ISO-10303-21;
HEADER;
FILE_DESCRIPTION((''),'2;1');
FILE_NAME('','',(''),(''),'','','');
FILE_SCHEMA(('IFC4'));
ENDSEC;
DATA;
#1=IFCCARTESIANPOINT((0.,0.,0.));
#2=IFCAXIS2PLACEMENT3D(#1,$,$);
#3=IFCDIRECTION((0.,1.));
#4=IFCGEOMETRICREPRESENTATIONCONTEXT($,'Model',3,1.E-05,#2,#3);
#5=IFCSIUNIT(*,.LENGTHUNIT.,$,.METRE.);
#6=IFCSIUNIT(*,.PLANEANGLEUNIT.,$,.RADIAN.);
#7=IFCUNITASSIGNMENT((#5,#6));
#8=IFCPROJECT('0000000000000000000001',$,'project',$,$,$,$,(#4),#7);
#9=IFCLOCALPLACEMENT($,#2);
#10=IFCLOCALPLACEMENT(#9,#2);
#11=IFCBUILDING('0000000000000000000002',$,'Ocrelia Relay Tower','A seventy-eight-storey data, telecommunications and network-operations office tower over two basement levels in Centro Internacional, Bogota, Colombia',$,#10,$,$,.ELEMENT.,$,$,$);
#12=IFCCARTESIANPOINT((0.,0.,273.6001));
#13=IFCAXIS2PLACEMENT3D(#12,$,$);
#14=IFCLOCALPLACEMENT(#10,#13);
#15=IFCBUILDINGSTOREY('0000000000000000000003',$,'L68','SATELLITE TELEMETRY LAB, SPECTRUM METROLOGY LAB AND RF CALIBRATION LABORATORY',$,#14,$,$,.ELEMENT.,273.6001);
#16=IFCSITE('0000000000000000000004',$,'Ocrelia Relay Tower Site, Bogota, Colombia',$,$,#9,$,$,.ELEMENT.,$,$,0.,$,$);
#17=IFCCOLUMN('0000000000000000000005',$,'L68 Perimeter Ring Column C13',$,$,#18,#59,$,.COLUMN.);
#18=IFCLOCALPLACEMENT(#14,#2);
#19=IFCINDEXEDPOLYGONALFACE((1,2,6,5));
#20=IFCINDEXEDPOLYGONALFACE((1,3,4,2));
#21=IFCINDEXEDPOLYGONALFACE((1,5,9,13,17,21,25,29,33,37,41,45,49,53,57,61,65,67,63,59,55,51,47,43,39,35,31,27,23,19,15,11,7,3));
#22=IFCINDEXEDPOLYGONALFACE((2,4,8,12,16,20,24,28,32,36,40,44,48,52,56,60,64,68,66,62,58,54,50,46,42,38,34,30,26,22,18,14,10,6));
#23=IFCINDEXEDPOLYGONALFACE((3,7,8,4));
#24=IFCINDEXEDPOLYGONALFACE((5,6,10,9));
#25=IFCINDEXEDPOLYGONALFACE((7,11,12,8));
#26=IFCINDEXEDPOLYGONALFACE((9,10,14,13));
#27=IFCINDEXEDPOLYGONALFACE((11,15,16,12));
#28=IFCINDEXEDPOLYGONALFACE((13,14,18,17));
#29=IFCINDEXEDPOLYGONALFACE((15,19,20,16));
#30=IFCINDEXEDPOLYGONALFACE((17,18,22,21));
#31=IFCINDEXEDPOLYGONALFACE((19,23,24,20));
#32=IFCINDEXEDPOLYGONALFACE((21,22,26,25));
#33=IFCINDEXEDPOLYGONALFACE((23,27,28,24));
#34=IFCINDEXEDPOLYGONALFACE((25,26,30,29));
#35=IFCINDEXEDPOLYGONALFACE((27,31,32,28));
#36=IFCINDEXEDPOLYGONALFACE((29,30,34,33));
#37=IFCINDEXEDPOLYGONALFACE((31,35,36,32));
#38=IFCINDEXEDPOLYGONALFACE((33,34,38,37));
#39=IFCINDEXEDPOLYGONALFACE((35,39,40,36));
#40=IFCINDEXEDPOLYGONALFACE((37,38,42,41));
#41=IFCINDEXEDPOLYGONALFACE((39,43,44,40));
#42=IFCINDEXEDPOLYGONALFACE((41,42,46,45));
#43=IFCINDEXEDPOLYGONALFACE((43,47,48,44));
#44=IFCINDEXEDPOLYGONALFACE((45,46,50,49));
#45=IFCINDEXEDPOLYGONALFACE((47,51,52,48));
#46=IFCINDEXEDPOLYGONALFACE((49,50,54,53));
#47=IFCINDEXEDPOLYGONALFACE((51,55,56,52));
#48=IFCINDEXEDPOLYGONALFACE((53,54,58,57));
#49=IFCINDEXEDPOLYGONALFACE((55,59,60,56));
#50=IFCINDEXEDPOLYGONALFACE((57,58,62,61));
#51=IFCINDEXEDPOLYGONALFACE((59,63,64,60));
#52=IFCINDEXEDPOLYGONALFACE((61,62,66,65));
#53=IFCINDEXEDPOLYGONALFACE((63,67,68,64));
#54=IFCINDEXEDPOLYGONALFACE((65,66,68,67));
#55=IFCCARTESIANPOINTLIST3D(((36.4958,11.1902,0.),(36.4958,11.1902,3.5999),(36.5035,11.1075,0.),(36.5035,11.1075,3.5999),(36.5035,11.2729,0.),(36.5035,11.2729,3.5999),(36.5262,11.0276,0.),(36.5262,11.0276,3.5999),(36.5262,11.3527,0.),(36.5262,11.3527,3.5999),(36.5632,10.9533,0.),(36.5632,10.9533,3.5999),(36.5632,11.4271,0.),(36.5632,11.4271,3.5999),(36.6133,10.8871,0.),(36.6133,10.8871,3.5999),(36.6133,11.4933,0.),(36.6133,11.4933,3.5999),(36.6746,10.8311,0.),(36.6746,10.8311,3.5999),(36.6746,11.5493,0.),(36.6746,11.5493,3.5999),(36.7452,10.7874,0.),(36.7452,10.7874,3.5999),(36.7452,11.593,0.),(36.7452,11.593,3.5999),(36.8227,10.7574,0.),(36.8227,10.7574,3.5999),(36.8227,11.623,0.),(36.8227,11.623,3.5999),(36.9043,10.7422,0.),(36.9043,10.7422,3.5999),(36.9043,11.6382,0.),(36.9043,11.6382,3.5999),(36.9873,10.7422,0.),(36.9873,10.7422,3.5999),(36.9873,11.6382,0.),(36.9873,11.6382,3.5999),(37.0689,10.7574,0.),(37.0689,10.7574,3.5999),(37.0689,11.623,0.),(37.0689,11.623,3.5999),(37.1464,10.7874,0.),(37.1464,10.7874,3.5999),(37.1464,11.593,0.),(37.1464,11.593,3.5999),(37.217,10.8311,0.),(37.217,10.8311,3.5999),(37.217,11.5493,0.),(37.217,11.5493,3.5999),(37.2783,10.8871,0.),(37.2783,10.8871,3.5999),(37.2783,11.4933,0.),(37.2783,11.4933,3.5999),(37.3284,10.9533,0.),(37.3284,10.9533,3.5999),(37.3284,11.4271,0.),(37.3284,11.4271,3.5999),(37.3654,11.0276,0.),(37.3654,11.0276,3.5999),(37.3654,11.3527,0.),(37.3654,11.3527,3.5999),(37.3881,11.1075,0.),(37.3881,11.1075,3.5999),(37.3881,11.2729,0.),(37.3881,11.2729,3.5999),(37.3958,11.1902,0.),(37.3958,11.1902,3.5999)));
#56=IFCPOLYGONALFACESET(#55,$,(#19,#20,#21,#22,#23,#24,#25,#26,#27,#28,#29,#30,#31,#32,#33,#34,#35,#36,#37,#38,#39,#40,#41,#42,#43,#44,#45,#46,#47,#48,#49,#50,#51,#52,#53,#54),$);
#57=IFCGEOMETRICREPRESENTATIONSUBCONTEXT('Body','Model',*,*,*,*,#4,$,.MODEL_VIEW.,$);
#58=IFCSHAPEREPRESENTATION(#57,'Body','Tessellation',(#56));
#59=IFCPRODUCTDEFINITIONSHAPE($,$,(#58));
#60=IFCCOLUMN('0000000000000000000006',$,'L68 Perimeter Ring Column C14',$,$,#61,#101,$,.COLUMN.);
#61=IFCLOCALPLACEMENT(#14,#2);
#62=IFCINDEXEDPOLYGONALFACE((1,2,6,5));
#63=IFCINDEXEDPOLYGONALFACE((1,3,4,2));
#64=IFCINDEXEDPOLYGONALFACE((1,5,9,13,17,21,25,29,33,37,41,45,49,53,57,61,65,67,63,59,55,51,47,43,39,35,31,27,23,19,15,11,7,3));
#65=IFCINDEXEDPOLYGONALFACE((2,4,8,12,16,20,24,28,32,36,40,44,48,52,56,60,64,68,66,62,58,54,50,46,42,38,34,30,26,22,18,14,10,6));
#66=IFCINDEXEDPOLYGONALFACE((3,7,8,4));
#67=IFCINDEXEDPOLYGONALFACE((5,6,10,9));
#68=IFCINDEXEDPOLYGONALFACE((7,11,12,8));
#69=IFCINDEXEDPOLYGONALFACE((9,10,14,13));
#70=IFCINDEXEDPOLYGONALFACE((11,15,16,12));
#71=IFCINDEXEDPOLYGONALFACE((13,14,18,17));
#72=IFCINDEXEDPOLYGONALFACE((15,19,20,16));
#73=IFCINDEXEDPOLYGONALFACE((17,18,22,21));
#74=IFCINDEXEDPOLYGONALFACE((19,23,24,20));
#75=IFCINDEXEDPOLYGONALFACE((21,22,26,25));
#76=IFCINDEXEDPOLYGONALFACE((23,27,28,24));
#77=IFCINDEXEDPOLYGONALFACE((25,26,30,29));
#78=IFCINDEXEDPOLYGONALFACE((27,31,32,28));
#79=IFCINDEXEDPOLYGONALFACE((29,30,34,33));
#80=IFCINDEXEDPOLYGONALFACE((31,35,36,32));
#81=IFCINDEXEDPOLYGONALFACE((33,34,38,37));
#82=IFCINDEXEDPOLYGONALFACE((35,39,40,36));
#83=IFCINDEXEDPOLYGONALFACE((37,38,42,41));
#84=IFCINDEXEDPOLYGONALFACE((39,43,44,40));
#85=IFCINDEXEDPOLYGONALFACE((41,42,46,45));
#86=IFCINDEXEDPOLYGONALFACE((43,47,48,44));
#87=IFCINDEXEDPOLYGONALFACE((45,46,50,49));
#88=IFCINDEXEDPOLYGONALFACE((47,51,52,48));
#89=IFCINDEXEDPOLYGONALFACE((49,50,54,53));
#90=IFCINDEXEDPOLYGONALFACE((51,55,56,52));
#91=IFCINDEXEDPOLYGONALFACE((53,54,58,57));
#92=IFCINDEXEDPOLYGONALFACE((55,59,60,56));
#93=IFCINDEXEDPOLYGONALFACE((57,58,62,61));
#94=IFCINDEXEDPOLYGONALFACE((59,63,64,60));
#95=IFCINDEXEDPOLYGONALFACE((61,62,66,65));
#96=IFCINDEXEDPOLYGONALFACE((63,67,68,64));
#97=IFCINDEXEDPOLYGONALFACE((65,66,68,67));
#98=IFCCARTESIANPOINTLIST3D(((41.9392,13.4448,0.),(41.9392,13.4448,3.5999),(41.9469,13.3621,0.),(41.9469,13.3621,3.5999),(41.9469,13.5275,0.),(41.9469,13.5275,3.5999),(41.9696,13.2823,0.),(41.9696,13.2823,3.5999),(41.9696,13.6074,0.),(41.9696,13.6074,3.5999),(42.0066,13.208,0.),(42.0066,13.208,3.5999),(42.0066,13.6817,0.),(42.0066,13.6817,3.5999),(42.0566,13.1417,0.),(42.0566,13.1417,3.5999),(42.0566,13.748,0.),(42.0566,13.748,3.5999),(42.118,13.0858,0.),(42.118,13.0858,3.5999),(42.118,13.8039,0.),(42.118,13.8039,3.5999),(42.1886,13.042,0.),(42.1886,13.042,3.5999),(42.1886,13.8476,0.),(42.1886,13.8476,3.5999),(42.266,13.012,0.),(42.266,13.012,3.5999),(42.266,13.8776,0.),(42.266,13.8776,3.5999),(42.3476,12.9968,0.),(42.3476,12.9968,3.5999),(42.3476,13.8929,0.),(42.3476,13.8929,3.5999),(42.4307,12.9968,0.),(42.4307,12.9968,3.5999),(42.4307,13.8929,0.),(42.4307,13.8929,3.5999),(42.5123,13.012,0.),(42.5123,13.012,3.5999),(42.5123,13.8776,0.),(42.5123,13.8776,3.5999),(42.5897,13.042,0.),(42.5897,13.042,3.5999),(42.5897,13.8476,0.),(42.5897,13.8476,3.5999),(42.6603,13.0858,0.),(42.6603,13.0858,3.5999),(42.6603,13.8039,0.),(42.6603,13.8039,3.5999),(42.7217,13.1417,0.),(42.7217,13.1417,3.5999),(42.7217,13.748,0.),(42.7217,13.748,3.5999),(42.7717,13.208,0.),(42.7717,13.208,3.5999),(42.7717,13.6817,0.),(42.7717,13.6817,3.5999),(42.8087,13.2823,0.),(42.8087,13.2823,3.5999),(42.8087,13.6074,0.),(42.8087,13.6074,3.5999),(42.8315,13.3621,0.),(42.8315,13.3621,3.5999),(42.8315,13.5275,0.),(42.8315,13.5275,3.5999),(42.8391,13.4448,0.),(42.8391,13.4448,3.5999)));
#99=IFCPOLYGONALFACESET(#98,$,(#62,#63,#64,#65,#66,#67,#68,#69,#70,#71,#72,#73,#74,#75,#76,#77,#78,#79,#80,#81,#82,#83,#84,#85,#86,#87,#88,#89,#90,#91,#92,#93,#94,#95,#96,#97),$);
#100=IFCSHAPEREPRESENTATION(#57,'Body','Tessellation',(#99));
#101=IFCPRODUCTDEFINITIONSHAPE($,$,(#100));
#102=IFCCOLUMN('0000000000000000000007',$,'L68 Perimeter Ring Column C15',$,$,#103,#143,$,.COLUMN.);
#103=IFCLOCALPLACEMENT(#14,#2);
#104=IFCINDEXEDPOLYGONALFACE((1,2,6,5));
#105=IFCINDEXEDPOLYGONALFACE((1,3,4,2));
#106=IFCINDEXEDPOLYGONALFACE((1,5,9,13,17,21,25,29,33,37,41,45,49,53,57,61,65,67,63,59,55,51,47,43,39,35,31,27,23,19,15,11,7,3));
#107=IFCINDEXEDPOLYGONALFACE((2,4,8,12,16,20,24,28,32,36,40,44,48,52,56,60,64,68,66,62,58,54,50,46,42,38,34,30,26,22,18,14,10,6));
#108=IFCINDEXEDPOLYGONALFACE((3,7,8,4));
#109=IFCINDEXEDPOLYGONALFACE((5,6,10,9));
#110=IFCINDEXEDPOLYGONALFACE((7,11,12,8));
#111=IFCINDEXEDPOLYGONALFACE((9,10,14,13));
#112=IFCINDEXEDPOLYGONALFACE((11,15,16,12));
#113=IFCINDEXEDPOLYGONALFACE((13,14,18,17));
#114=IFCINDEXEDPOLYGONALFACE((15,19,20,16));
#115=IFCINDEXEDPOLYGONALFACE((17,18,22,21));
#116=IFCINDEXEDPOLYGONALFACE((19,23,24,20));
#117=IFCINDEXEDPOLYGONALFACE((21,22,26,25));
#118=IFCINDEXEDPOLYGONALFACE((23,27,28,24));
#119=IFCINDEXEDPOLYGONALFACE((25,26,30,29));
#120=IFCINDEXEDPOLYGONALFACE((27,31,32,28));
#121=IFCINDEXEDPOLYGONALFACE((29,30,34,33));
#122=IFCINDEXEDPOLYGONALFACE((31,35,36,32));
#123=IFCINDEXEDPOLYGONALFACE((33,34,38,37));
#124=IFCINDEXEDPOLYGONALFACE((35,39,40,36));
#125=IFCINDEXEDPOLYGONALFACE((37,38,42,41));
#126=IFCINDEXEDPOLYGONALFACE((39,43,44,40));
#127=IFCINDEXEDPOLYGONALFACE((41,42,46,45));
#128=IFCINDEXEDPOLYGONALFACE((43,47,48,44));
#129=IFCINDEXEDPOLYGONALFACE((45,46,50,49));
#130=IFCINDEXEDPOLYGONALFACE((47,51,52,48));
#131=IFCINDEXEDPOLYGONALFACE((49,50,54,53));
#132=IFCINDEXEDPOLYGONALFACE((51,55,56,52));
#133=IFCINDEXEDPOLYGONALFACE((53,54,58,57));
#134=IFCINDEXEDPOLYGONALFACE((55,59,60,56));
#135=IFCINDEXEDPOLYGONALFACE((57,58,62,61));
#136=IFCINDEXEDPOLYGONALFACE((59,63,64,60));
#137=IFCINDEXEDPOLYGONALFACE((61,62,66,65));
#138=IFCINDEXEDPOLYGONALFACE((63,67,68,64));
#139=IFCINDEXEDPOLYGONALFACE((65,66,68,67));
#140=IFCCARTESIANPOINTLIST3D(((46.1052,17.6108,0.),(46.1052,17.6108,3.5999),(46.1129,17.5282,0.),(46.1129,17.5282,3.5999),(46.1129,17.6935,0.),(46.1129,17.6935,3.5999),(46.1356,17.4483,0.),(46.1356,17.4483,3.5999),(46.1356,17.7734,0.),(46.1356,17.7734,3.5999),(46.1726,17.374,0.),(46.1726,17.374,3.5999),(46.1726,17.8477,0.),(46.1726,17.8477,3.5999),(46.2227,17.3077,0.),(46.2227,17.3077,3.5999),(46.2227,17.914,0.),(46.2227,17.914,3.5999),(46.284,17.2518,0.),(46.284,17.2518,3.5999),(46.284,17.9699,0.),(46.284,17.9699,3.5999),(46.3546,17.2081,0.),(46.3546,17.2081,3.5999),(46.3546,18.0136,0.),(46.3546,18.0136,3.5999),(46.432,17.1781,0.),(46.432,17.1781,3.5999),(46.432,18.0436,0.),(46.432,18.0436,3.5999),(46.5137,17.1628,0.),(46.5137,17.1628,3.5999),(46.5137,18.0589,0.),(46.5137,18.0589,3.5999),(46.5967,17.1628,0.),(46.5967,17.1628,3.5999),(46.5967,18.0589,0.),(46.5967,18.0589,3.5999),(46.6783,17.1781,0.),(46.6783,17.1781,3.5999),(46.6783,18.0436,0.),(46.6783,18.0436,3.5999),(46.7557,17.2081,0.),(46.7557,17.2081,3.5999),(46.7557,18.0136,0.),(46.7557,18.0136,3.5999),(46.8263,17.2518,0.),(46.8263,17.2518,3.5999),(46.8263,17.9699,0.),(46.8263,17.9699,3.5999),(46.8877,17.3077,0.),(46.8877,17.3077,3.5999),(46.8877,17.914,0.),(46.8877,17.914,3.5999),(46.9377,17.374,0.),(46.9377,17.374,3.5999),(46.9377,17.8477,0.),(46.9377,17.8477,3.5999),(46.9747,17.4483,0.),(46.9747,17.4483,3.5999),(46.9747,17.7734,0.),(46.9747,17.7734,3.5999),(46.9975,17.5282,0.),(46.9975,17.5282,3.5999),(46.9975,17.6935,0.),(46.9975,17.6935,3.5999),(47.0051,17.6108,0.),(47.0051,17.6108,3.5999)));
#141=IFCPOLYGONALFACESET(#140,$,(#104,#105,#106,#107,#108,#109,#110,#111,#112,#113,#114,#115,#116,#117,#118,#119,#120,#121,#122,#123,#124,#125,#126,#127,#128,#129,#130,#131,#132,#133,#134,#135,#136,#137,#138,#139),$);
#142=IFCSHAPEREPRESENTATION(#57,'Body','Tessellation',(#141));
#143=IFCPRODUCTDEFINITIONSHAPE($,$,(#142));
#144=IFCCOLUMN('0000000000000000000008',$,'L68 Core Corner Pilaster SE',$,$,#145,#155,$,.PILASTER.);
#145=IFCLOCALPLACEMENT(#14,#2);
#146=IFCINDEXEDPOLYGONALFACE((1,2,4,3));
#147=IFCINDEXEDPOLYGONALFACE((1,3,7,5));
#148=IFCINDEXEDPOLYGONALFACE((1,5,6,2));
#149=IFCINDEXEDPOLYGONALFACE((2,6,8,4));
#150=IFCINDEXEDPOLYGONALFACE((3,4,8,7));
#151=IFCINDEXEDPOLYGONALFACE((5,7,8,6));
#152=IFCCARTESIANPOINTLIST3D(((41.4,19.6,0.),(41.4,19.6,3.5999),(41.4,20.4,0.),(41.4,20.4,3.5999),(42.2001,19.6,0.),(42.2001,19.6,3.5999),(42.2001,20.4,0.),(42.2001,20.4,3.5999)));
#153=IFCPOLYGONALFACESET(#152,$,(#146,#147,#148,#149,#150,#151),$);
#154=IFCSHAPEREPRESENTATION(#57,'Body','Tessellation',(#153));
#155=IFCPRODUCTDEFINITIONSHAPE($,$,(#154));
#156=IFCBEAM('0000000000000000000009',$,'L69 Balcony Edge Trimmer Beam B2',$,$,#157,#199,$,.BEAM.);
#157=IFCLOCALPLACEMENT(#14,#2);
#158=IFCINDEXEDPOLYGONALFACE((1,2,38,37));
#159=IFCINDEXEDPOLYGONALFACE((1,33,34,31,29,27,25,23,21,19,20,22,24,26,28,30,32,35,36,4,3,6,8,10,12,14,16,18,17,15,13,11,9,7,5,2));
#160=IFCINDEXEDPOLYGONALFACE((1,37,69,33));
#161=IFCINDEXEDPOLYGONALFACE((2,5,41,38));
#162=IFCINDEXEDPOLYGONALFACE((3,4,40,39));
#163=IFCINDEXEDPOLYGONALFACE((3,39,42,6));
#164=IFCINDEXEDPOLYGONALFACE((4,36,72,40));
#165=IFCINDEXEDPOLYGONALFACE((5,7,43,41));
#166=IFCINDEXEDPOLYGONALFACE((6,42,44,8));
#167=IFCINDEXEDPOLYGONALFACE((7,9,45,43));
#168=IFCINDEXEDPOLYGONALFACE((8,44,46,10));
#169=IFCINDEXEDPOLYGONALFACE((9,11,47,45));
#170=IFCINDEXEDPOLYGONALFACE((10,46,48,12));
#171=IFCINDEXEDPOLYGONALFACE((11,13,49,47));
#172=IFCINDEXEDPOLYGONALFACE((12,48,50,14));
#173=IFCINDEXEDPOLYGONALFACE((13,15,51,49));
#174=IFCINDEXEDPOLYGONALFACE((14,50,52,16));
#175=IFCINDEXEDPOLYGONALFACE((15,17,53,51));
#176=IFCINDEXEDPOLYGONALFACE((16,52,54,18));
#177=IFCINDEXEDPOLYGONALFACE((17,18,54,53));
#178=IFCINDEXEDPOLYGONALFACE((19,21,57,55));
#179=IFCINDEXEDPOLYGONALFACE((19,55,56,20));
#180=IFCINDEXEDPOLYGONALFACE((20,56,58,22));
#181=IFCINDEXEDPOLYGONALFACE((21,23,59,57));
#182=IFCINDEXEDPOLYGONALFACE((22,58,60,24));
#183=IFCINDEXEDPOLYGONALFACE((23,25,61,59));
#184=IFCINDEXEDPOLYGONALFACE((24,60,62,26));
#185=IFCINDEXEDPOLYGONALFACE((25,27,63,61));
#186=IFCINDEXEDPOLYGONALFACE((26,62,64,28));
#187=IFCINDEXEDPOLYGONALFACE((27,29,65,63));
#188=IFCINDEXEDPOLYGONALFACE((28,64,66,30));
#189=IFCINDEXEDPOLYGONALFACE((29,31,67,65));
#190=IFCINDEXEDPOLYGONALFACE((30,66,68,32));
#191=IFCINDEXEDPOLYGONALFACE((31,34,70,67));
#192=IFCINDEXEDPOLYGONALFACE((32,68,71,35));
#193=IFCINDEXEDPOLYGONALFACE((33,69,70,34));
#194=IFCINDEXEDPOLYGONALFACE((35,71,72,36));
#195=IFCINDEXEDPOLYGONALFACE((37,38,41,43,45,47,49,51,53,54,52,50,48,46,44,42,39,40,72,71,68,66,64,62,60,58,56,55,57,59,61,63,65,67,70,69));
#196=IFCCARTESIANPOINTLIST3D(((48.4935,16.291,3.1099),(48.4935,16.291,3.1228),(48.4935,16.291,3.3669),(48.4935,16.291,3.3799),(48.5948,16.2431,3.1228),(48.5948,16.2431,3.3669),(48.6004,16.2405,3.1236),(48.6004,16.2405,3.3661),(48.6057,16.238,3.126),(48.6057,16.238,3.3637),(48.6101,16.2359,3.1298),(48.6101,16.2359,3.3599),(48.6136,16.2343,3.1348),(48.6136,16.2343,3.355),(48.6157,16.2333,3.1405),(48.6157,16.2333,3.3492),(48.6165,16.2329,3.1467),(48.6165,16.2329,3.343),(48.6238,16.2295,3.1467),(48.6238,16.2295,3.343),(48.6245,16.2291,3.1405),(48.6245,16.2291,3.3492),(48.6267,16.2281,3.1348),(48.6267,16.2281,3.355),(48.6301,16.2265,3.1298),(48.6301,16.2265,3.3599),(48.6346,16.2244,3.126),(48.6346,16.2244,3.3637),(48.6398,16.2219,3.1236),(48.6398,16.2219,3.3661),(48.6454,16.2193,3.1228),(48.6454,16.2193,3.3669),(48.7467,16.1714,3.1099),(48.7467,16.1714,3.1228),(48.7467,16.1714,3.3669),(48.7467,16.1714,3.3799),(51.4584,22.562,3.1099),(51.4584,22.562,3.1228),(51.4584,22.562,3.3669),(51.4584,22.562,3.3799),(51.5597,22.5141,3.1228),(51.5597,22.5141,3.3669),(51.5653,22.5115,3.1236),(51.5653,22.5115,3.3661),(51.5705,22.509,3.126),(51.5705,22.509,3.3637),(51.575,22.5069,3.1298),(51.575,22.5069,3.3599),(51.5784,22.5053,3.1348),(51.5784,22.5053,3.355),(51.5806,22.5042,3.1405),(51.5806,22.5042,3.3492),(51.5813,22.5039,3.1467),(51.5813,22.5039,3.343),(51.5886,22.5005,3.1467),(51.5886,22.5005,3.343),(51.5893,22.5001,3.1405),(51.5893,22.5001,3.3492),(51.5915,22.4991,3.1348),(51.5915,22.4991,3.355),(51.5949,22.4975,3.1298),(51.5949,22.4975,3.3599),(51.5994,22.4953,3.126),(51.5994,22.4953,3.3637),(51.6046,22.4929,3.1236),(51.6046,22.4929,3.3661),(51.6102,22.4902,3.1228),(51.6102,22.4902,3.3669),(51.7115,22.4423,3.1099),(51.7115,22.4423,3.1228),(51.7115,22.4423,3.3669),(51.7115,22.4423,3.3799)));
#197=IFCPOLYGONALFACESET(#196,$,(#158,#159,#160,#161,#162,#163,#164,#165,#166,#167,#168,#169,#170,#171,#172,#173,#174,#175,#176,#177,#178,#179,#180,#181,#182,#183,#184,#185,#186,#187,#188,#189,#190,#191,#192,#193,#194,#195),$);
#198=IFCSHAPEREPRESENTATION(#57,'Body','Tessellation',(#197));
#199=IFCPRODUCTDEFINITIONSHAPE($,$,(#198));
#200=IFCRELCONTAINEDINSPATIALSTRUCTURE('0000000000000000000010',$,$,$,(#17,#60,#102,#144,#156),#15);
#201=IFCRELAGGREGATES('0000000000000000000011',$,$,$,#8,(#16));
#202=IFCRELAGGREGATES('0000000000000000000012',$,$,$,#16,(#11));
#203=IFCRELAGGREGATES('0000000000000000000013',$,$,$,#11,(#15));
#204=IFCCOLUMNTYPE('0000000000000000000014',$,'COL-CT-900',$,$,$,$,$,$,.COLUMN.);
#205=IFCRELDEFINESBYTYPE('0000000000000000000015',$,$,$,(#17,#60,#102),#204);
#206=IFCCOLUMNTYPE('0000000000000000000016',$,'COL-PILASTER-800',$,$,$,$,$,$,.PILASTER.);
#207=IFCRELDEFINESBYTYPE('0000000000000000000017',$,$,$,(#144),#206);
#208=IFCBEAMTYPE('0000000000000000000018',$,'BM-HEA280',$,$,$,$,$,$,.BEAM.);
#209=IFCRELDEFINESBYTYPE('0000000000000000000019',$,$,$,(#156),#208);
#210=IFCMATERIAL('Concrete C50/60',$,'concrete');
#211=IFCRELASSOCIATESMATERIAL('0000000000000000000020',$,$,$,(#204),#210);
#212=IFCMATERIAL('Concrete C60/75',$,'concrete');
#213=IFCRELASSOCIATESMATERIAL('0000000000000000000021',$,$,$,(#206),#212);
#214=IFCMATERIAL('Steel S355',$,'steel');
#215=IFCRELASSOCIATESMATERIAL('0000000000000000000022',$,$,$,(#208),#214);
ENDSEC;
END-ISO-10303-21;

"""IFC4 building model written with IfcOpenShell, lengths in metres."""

from ifc_helpers import new_model, si_unit, direction, frame, origin, origin_2d, place, context, subcontext, project, spatial, rectangle, circle, i_section, extrude, material, material_profile, profile_set, type_object, element, save


model = new_model("IFC4")

# Units and contexts
model_context = context("Model", 3, precision=1e-05, world=origin(), true_north=direction((0.0, 1.0)))
body_context = subcontext(model_context, "Body", "Model", "MODEL_VIEW")
ifc_project = project(units=[si_unit("LENGTHUNIT", "METRE"), si_unit("PLANEANGLEUNIT", "RADIAN")], contexts=[model_context])

# Site, building, storey
site_placement = place(None, origin())
site = spatial("IfcSite", under=ifc_project, at=site_placement, Name="Ocrelia Relay Tower Site, Bogota, Colombia", CompositionType="ELEMENT", RefElevation=0.0)
building_placement = place(site_placement, origin())
building = spatial("IfcBuilding", under=site, at=building_placement, Name="Ocrelia Relay Tower", Description="A seventy-eight-storey data, telecommunications and network-operations office tower over two basement levels in Centro Internacional, Bogota, Colombia", CompositionType="ELEMENT")
storey_placement = place(building_placement, frame((0.0, 0.0, 273.6001)))
storey = spatial("IfcBuildingStorey", under=building, at=storey_placement, Name="L68", Description="SATELLITE TELEMETRY LAB, SPECTRUM METROLOGY LAB AND RF CALIBRATION LABORATORY", CompositionType="ELEMENT", Elevation=273.6001)

# Columns
ifc_material_1 = material(Name="Concrete C50/60", Category="concrete")
ifc_material_profile_1 = material_profile(ifc_material_1, circle(Radius=0.45, at=origin_2d()), Name="RC-CIR-900")
ifc_profile_set_1 = profile_set([ifc_material_profile_1], Name="Concrete C50/60")
column_type_1 = type_object("IfcColumnType", Name="COL-CT-900", PredefinedType="COLUMN", material=ifc_profile_set_1)
for number, where, z_axis, x_axis, name in (
    (1, (36.9458, 11.1902, 0.0), (0.0, 0.0, 1.0), (1.0, 0.0, 0.0), "L68 Perimeter Ring Column C13"),
    (2, (42.3892, 13.4448, 0.0), (0.0, 0.0, 1.0), (1.0, 0.0, 0.0), "L68 Perimeter Ring Column C14"),
    (3, (46.5552, 17.6108, 0.0), (0.0, 0.0, 1.0), (1.0, 0.0, 0.0), "L68 Perimeter Ring Column C15"),
):
    element("IfcColumn", number, at=place(storey_placement, frame(where, z_axis=z_axis, x_axis=x_axis)), inside=storey, type_object=column_type_1, Name=name, PredefinedType="COLUMN", context=body_context, shape_type="SweptSolid", body=[
        extrude(circle(Radius=0.45, at=origin_2d()), origin(), (0.0, 0.0, 1.0), 3.5999),
    ])
ifc_material_2 = material(Name="Concrete C60/75", Category="concrete")
ifc_material_profile_2 = material_profile(ifc_material_2, rectangle(XDim=0.8, YDim=0.8, at=origin_2d()), Name="RC-COL-800x800")
ifc_profile_set_2 = profile_set([ifc_material_profile_2], Name="Concrete C60/75")
column_type_2 = type_object("IfcColumnType", Name="COL-PILASTER-800", PredefinedType="PILASTER", material=ifc_profile_set_2)
column_placement = place(storey_placement, frame((41.8, 20.0, 0.0), z_axis=(0.0, 0.0, 1.0), x_axis=(1.0, 0.0, 0.0)))
element("IfcColumn", 4, at=column_placement, inside=storey, type_object=column_type_2, Name="L68 Core Corner Pilaster SE", PredefinedType="PILASTER", context=body_context, shape_type="SweptSolid", body=[
    extrude(rectangle(XDim=0.8, YDim=0.8, at=origin_2d()), origin(), (0.0, 0.0, 1.0), 3.5999),
])

# Beam
ifc_material_3 = material(Name="Steel S355", Category="steel")
ifc_material_profile_3 = material_profile(ifc_material_3, i_section(OverallWidth=0.28, OverallDepth=0.27, WebThickness=0.0081, FlangeThickness=0.0129, FilletRadius=0.0239, at=origin_2d()), Name="HEA 280")
ifc_profile_set_3 = profile_set([ifc_material_profile_3], Name="Steel S355")
beam_type_1 = type_object("IfcBeamType", Name="BM-HEA280", PredefinedType="BEAM", material=ifc_profile_set_3)
beam_1_placement = place(storey_placement, frame((48.6201, 16.2312, 3.2449), z_axis=(0.427424, 0.904051, 0.0), x_axis=(-0.904051, 0.427424, 0.0)))
element("IfcBeam", 5, at=beam_1_placement, inside=storey, type_object=beam_type_1, Name="L69 Balcony Edge Trimmer Beam B2", PredefinedType="BEAM", context=body_context, shape_type="SweptSolid", body=[
    extrude(i_section(OverallWidth=0.28, OverallDepth=0.27, WebThickness=0.0081, FlangeThickness=0.0129, FilletRadius=0.0239, at=origin_2d()), origin(), (0.0, 0.0, 1.0), 6.9365),
])

save(model, "model.ifc")
